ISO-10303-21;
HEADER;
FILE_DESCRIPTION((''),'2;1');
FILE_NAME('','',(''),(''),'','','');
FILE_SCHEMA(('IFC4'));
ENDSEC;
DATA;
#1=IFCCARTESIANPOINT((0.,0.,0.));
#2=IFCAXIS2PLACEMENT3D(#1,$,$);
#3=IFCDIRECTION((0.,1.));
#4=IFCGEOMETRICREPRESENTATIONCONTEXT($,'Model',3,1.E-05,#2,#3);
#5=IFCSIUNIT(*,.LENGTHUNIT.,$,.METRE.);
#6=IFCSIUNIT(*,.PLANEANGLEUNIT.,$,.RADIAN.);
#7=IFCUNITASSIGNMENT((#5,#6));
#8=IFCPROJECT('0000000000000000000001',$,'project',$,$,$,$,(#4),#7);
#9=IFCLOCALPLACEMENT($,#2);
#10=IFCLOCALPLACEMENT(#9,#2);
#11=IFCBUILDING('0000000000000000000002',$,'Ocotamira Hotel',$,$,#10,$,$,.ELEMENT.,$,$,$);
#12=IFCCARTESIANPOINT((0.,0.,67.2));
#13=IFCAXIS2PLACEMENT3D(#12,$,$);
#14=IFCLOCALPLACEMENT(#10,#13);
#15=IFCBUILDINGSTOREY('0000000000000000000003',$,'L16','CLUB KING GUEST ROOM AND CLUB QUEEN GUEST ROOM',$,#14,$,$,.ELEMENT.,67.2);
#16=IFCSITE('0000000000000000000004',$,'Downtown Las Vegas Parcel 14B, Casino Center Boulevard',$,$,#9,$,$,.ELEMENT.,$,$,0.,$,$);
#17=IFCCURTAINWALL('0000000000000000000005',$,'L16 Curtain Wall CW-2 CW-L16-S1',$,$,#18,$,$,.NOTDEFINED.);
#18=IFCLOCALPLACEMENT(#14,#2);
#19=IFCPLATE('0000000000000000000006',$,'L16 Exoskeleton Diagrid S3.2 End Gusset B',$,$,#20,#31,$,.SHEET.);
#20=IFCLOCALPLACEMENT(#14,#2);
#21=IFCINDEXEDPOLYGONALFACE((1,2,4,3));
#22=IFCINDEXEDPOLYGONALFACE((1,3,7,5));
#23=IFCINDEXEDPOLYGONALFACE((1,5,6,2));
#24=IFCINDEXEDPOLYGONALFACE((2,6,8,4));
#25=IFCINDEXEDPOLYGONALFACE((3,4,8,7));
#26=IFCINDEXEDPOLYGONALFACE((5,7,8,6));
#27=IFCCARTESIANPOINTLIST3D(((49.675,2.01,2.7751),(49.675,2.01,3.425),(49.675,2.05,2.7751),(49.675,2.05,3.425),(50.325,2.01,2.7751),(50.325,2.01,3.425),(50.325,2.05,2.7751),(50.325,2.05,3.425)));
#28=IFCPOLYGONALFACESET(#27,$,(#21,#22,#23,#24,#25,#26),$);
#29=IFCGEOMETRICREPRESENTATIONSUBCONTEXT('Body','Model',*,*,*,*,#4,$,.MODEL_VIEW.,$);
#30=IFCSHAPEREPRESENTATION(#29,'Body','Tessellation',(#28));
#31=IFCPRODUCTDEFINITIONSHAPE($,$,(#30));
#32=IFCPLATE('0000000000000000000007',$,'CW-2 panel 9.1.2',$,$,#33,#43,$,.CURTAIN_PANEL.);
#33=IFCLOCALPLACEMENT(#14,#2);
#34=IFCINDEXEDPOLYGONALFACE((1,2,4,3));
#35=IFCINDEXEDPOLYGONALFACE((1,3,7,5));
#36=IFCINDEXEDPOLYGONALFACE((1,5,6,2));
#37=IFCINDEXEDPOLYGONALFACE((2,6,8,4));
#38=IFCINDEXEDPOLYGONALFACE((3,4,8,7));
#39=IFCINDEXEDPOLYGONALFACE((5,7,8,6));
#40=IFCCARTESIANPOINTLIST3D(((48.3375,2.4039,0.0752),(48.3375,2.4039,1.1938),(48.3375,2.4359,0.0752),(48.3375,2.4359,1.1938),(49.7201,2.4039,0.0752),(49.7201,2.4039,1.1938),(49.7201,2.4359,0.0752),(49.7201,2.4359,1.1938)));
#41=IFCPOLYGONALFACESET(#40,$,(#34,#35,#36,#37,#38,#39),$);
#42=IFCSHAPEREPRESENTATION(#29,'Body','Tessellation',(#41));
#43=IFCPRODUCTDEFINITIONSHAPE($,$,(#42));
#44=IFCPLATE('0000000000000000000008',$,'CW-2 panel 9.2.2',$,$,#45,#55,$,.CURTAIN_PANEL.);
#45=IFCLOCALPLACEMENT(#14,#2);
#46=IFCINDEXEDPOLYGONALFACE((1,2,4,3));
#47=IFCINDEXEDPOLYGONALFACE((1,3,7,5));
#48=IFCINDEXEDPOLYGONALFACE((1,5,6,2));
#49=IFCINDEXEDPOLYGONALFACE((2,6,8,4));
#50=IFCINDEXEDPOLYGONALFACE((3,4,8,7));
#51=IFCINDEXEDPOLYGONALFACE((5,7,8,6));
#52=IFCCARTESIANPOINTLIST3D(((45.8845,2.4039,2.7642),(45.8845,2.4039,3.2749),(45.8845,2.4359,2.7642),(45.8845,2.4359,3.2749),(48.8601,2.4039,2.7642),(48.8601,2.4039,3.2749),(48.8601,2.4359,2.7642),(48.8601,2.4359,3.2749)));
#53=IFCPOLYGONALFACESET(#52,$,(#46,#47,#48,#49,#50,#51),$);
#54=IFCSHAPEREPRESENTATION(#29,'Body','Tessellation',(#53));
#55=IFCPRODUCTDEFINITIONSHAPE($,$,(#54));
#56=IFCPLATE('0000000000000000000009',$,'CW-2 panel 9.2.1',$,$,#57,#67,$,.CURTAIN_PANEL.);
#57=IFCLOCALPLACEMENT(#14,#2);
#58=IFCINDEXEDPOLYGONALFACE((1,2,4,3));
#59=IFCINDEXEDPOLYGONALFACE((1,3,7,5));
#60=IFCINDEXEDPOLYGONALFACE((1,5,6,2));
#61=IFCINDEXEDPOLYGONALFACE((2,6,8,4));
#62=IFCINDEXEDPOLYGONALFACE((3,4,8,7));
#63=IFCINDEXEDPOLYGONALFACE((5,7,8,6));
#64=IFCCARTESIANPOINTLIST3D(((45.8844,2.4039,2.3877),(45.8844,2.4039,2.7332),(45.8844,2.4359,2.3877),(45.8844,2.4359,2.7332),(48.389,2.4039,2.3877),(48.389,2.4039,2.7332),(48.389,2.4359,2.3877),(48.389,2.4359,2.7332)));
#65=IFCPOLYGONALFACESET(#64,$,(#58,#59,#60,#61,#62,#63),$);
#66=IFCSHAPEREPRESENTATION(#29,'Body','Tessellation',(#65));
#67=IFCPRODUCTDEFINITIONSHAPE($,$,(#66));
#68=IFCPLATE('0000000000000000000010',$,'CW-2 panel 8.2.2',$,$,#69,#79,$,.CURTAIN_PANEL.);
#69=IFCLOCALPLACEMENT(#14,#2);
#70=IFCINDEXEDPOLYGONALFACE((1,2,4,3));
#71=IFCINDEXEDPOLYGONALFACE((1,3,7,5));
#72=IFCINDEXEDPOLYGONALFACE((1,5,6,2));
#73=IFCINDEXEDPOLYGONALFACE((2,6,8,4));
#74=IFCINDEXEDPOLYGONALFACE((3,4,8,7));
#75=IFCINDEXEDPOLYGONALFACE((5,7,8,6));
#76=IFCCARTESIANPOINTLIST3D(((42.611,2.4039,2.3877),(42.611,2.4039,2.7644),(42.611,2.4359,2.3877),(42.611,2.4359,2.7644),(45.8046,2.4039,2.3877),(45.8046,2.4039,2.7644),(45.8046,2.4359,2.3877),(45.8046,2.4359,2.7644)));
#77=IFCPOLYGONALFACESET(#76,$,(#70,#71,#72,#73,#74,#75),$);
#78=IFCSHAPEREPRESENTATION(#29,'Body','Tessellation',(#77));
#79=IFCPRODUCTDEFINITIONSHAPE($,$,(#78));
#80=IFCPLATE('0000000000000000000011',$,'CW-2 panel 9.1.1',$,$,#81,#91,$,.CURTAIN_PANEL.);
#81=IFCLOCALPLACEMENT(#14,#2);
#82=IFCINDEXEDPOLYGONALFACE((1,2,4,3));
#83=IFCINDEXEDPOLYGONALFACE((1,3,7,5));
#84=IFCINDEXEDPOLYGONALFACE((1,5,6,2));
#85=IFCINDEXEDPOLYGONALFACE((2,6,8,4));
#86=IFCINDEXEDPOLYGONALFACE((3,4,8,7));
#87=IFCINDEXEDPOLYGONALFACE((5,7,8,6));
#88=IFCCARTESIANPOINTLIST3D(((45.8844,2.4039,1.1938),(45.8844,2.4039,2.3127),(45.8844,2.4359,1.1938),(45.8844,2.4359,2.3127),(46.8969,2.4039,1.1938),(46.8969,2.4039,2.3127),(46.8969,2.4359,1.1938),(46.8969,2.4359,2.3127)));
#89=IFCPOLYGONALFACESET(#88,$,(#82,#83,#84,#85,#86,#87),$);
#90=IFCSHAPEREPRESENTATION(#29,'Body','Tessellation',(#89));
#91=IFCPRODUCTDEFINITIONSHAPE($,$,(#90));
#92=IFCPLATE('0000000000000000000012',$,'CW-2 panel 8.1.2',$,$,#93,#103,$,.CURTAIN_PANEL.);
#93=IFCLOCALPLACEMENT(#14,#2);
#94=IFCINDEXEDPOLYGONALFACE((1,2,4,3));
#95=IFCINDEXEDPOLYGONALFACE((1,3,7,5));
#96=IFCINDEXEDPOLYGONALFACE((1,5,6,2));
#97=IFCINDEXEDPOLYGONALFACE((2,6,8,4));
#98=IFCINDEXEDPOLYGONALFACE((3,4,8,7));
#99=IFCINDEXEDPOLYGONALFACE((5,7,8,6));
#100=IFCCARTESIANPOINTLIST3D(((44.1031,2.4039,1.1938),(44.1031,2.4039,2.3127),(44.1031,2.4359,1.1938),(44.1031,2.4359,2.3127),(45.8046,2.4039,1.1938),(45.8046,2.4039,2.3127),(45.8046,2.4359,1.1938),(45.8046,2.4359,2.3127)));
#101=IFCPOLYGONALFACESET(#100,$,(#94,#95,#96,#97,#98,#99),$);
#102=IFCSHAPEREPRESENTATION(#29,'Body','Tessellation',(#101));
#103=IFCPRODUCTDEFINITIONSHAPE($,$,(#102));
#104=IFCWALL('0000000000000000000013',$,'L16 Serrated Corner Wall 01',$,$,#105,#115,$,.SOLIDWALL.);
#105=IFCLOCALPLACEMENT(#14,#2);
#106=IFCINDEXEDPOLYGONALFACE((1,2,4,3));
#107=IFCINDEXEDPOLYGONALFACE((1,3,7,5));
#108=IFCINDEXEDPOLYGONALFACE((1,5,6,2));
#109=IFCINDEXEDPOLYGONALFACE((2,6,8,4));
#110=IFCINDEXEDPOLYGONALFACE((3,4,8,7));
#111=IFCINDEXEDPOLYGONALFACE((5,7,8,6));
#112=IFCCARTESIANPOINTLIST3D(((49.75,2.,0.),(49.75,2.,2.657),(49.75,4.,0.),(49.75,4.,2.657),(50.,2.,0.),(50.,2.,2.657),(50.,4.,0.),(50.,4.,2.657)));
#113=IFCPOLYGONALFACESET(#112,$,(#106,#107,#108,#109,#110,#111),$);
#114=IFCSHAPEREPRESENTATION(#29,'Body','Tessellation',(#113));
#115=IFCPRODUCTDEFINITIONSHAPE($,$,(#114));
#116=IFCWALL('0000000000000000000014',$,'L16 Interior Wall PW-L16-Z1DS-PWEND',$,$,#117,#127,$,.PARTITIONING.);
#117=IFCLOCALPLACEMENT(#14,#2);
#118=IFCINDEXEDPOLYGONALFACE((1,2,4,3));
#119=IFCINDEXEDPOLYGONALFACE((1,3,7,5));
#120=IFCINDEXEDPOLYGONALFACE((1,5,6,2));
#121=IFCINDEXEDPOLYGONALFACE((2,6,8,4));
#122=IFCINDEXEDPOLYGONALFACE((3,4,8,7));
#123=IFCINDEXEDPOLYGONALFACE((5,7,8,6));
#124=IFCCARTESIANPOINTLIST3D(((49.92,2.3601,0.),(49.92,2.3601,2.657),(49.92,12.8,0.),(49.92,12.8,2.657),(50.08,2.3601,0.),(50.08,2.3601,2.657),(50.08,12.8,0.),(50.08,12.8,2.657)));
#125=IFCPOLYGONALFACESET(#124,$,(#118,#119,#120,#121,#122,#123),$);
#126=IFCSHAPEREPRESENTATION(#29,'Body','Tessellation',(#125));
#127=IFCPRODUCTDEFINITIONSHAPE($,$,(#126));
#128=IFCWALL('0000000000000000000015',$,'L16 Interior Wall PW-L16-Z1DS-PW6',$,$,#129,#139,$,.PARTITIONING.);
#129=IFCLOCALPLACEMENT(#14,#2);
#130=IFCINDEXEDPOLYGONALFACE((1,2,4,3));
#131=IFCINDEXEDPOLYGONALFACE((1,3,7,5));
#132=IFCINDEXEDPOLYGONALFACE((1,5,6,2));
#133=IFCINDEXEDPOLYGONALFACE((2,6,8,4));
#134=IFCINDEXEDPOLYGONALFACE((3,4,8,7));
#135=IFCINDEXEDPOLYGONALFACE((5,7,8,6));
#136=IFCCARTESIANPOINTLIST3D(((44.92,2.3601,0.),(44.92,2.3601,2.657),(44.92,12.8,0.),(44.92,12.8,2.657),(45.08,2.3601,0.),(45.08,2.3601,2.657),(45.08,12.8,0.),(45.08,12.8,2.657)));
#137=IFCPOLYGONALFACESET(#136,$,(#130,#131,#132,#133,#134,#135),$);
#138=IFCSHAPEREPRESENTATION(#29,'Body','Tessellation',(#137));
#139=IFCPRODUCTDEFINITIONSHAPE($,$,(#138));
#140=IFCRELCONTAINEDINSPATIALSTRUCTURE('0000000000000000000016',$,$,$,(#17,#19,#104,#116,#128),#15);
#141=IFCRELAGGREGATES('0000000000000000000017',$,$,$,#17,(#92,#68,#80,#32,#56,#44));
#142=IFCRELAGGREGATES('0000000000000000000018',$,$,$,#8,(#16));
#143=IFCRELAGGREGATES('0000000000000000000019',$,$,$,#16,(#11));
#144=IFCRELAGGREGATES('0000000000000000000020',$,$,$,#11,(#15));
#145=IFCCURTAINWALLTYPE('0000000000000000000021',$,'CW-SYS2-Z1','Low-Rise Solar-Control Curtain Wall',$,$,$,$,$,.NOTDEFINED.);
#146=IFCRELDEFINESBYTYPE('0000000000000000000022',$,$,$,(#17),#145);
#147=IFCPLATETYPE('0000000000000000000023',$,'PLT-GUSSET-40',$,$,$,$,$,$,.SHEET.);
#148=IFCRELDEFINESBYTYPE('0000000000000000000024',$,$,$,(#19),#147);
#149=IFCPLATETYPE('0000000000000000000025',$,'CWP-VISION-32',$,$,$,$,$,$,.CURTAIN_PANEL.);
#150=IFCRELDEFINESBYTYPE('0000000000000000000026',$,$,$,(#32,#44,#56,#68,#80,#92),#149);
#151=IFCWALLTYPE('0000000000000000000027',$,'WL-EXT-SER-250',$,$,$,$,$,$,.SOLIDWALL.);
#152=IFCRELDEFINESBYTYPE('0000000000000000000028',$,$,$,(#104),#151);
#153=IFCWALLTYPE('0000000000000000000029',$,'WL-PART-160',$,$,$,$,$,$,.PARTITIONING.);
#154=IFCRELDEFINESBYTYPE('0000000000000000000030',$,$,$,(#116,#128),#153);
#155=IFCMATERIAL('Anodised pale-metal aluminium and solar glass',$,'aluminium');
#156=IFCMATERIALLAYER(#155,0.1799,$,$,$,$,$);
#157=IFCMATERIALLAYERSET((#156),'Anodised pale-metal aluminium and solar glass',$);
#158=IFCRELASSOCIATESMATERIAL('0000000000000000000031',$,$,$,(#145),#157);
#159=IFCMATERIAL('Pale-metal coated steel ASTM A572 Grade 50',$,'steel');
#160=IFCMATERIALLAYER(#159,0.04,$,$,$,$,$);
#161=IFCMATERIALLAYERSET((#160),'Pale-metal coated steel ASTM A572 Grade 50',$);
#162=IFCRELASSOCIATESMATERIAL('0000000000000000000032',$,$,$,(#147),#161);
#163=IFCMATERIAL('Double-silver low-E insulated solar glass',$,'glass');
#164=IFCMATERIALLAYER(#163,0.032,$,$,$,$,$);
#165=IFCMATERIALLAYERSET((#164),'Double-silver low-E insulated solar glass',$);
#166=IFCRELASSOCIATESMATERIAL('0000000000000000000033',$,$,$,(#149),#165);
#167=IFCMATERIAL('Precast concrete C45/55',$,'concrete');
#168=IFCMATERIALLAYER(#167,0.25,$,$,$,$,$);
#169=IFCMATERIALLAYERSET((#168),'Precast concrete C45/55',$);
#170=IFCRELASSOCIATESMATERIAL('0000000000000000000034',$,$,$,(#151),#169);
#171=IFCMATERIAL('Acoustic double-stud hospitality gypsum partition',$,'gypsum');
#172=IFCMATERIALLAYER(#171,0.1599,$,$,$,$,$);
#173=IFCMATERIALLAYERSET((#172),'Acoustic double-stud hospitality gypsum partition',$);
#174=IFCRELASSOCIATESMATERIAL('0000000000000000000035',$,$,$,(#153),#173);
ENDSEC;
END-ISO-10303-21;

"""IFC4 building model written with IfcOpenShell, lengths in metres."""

from ifc_helpers import new_model, si_unit, direction, frame, frame_2d, origin, origin_2d, place, context, subcontext, project, spatial, rectangle, extrude, source, transform, mapped, material, layer, layer_set, type_object, element, aggregate, save


model = new_model("IFC4")

# Units and contexts
model_context = context("Model", 3, precision=1e-05, world=origin(), true_north=direction((0.0, 1.0)))
body_context = subcontext(model_context, "Body", "Model", "MODEL_VIEW")
ifc_project = project(units=[si_unit("LENGTHUNIT", "METRE"), si_unit("PLANEANGLEUNIT", "RADIAN")], contexts=[model_context])

# Site, building, storey
site_placement = place(None, origin())
site = spatial("IfcSite", under=ifc_project, at=site_placement, Name="Downtown Las Vegas Parcel 14B, Casino Center Boulevard", CompositionType="ELEMENT", RefElevation=0.0)
building_placement = place(site_placement, origin())
building = spatial("IfcBuilding", under=site, at=building_placement, Name="Ocotamira Hotel", CompositionType="ELEMENT")
storey_placement = place(building_placement, frame((0.0, 0.0, 67.2)))
storey = spatial("IfcBuildingStorey", under=building, at=storey_placement, Name="L16", Description="CLUB KING GUEST ROOM AND CLUB QUEEN GUEST ROOM", CompositionType="ELEMENT", Elevation=67.2)

# Curtain wall
ifc_material_1 = material(Name="Anodised pale-metal aluminium and solar glass", Category="aluminium")
ifc_layer_1 = layer(ifc_material_1, 0.1799)
ifc_layer_set_1 = layer_set([ifc_layer_1], Name="Anodised pale-metal aluminium and solar glass")
curtain_wall_type = type_object("IfcCurtainWallType", Name="CW-SYS2-Z1", Description="Low-Rise Solar-Control Curtain Wall", PredefinedType="NOTDEFINED", material=ifc_layer_set_1)
curtain_wall_placement = place(storey_placement, origin())
curtain_wall = element("IfcCurtainWall", 1, at=curtain_wall_placement, inside=storey, type_object=curtain_wall_type, Name="L16 Curtain Wall CW-2 CW-L16-S1", PredefinedType="NOTDEFINED")

# Plates
ifc_material_2 = material(Name="Pale-metal coated steel ASTM A572 Grade 50", Category="steel")
ifc_layer_2 = layer(ifc_material_2, 0.04)
ifc_layer_set_2 = layer_set([ifc_layer_2], Name="Pale-metal coated steel ASTM A572 Grade 50")
plate_type_1 = type_object("IfcPlateType", Name="PLT-GUSSET-40", PredefinedType="SHEET", material=ifc_layer_set_2)
shared_shape_1 = source(origin(), body_context, "Body", "SweptSolid", [
    extrude(rectangle(XDim=0.6499, YDim=0.04, at=origin_2d()), origin(), (0.0, 0.0, 1.0), 0.6499),
])
plate_1_placement = place(storey_placement, frame((50.0, 2.03, 2.7751), z_axis=(0.0, 0.0, 1.0), x_axis=(1.0, 0.0, 0.0)))
element("IfcPlate", 2, at=plate_1_placement, inside=storey, type_object=plate_type_1, Name="L16 Exoskeleton Diagrid S3.2 End Gusset B", PredefinedType="SHEET", context=body_context, shape_type="MappedRepresentation", body=[
    mapped(shared_shape_1, transform((0.0, 0.0, 0.0), scale=1.0)),
])
ifc_material_3 = material(Name="Double-silver low-E insulated solar glass", Category="glass")
ifc_layer_3 = layer(ifc_material_3, 0.032)
ifc_layer_set_3 = layer_set([ifc_layer_3], Name="Double-silver low-E insulated solar glass")
plate_type_2 = type_object("IfcPlateType", Name="CWP-VISION-32", PredefinedType="CURTAIN_PANEL", material=ifc_layer_set_3)
shared_shape_2 = source(origin(), body_context, "Body", "SweptSolid", [
    extrude(rectangle(XDim=1.3826, YDim=0.032, at=origin_2d()), origin(), (0.0, 0.0, 1.0), 1.1187),
])
plate_2_placement = place(storey_placement, frame((49.0288, 2.4199, 0.0752), z_axis=(0.0, 0.0, 1.0), x_axis=(1.0, 0.0, 0.0)))
plate_2 = element("IfcPlate", 3, at=plate_2_placement, type_object=plate_type_2, Name="CW-2 panel 9.1.2", PredefinedType="CURTAIN_PANEL", context=body_context, shape_type="MappedRepresentation", body=[
    mapped(shared_shape_2, transform((0.0, 0.0, 0.0), scale=1.0)),
])
shared_shape_3 = source(origin(), body_context, "Body", "SweptSolid", [
    extrude(rectangle(XDim=2.9756, YDim=0.032, at=origin_2d()), origin(), (0.0, 0.0, 1.0), 0.5107),
])
plate_3_placement = place(storey_placement, frame((47.3723, 2.4199, 2.7642), z_axis=(0.0, 0.0, 1.0), x_axis=(1.0, 0.0, 0.0)))
plate_3 = element("IfcPlate", 4, at=plate_3_placement, type_object=plate_type_2, Name="CW-2 panel 9.2.2", PredefinedType="CURTAIN_PANEL", context=body_context, shape_type="MappedRepresentation", body=[
    mapped(shared_shape_3, transform((0.0, 0.0, 0.0), scale=1.0)),
])
shared_shape_4 = source(origin(), body_context, "Body", "SweptSolid", [
    extrude(rectangle(XDim=2.5046, YDim=0.032, at=origin_2d()), origin(), (0.0, 0.0, 1.0), 0.3455),
])
plate_4_placement = place(storey_placement, frame((47.1367, 2.4199, 2.3877), z_axis=(0.0, 0.0, 1.0), x_axis=(1.0, 0.0, 0.0)))
plate_4 = element("IfcPlate", 5, at=plate_4_placement, type_object=plate_type_2, Name="CW-2 panel 9.2.1", PredefinedType="CURTAIN_PANEL", context=body_context, shape_type="MappedRepresentation", body=[
    mapped(shared_shape_4, transform((0.0, 0.0, 0.0), scale=1.0)),
])
shared_shape_5 = source(origin(), body_context, "Body", "SweptSolid", [
    extrude(rectangle(XDim=3.1936, YDim=0.032, at=origin_2d()), origin(), (0.0, 0.0, 1.0), 0.3767),
])
plate_5_placement = place(storey_placement, frame((44.2078, 2.4199, 2.3877), z_axis=(0.0, 0.0, 1.0), x_axis=(1.0, 0.0, 0.0)))
plate_5 = element("IfcPlate", 6, at=plate_5_placement, type_object=plate_type_2, Name="CW-2 panel 8.2.2", PredefinedType="CURTAIN_PANEL", context=body_context, shape_type="MappedRepresentation", body=[
    mapped(shared_shape_5, transform((0.0, 0.0, 0.0), scale=1.0)),
])
shared_shape_6 = source(origin(), body_context, "Body", "SweptSolid", [
    extrude(rectangle(XDim=1.0125, YDim=0.032, at=origin_2d()), origin(), (0.0, 0.0, 1.0), 1.1189),
])
plate_6_placement = place(storey_placement, frame((46.3906, 2.4199, 1.1938), z_axis=(0.0, 0.0, 1.0), x_axis=(1.0, 0.0, 0.0)))
plate_6 = element("IfcPlate", 7, at=plate_6_placement, type_object=plate_type_2, Name="CW-2 panel 9.1.1", PredefinedType="CURTAIN_PANEL", context=body_context, shape_type="MappedRepresentation", body=[
    mapped(shared_shape_6, transform((0.0, 0.0, 0.0), scale=1.0)),
])
shared_shape_7 = source(origin(), body_context, "Body", "SweptSolid", [
    extrude(rectangle(XDim=1.7014, YDim=0.032, at=origin_2d()), origin(), (0.0, 0.0, 1.0), 1.1189),
])
plate_7_placement = place(storey_placement, frame((44.9539, 2.4199, 1.1938), z_axis=(0.0, 0.0, 1.0), x_axis=(1.0, 0.0, 0.0)))
plate_7 = element("IfcPlate", 8, at=plate_7_placement, type_object=plate_type_2, Name="CW-2 panel 8.1.2", PredefinedType="CURTAIN_PANEL", context=body_context, shape_type="MappedRepresentation", body=[
    mapped(shared_shape_7, transform((0.0, 0.0, 0.0), scale=1.0)),
])
aggregate(curtain_wall, [plate_7, plate_5, plate_6, plate_2, plate_4, plate_3])

# Walls
ifc_material_4 = material(Name="Precast concrete C45/55", Category="concrete")
ifc_layer_4 = layer(ifc_material_4, 0.25)
ifc_layer_set_4 = layer_set([ifc_layer_4], Name="Precast concrete C45/55")
wall_type_1 = type_object("IfcWallType", Name="WL-EXT-SER-250", PredefinedType="SOLIDWALL", material=ifc_layer_set_4)
wall_placement = place(storey_placement, frame((49.875, 2.0, 0.0), z_axis=(0.0, 0.0, 1.0), x_axis=(0.0, 1.0, 0.0)))
element("IfcWall", 9, at=wall_placement, inside=storey, type_object=wall_type_1, Name="L16 Serrated Corner Wall 01", PredefinedType="SOLIDWALL", context=body_context, shape_type="SweptSolid", body=[
    extrude(rectangle(XDim=2.0, YDim=0.25, at=frame_2d((1.0, 0.0))), origin(), (0.0, 0.0, 1.0), 2.657),
])
ifc_material_5 = material(Name="Acoustic double-stud hospitality gypsum partition", Category="gypsum")
ifc_layer_5 = layer(ifc_material_5, 0.1599)
ifc_layer_set_5 = layer_set([ifc_layer_5], Name="Acoustic double-stud hospitality gypsum partition")
wall_type_2 = type_object("IfcWallType", Name="WL-PART-160", PredefinedType="PARTITIONING", material=ifc_layer_set_5)
for number, where, z_axis, x_axis, name in (
    (10, (50.0, 2.3601, 0.0), (0.0, 0.0, 1.0), (0.0, 1.0, 0.0), "L16 Interior Wall PW-L16-Z1DS-PWEND"),
    (11, (45.0, 2.3601, 0.0), (0.0, 0.0, 1.0), (0.0, 1.0, 0.0), "L16 Interior Wall PW-L16-Z1DS-PW6"),
):
    element("IfcWall", number, at=place(storey_placement, frame(where, z_axis=z_axis, x_axis=x_axis)), inside=storey, type_object=wall_type_2, Name=name, PredefinedType="PARTITIONING", context=body_context, shape_type="SweptSolid", body=[
        extrude(rectangle(XDim=10.4399, YDim=0.1599, at=frame_2d((5.22, 0.0))), origin(), (0.0, 0.0, 1.0), 2.657),
    ])

save(model, "model.ifc")
